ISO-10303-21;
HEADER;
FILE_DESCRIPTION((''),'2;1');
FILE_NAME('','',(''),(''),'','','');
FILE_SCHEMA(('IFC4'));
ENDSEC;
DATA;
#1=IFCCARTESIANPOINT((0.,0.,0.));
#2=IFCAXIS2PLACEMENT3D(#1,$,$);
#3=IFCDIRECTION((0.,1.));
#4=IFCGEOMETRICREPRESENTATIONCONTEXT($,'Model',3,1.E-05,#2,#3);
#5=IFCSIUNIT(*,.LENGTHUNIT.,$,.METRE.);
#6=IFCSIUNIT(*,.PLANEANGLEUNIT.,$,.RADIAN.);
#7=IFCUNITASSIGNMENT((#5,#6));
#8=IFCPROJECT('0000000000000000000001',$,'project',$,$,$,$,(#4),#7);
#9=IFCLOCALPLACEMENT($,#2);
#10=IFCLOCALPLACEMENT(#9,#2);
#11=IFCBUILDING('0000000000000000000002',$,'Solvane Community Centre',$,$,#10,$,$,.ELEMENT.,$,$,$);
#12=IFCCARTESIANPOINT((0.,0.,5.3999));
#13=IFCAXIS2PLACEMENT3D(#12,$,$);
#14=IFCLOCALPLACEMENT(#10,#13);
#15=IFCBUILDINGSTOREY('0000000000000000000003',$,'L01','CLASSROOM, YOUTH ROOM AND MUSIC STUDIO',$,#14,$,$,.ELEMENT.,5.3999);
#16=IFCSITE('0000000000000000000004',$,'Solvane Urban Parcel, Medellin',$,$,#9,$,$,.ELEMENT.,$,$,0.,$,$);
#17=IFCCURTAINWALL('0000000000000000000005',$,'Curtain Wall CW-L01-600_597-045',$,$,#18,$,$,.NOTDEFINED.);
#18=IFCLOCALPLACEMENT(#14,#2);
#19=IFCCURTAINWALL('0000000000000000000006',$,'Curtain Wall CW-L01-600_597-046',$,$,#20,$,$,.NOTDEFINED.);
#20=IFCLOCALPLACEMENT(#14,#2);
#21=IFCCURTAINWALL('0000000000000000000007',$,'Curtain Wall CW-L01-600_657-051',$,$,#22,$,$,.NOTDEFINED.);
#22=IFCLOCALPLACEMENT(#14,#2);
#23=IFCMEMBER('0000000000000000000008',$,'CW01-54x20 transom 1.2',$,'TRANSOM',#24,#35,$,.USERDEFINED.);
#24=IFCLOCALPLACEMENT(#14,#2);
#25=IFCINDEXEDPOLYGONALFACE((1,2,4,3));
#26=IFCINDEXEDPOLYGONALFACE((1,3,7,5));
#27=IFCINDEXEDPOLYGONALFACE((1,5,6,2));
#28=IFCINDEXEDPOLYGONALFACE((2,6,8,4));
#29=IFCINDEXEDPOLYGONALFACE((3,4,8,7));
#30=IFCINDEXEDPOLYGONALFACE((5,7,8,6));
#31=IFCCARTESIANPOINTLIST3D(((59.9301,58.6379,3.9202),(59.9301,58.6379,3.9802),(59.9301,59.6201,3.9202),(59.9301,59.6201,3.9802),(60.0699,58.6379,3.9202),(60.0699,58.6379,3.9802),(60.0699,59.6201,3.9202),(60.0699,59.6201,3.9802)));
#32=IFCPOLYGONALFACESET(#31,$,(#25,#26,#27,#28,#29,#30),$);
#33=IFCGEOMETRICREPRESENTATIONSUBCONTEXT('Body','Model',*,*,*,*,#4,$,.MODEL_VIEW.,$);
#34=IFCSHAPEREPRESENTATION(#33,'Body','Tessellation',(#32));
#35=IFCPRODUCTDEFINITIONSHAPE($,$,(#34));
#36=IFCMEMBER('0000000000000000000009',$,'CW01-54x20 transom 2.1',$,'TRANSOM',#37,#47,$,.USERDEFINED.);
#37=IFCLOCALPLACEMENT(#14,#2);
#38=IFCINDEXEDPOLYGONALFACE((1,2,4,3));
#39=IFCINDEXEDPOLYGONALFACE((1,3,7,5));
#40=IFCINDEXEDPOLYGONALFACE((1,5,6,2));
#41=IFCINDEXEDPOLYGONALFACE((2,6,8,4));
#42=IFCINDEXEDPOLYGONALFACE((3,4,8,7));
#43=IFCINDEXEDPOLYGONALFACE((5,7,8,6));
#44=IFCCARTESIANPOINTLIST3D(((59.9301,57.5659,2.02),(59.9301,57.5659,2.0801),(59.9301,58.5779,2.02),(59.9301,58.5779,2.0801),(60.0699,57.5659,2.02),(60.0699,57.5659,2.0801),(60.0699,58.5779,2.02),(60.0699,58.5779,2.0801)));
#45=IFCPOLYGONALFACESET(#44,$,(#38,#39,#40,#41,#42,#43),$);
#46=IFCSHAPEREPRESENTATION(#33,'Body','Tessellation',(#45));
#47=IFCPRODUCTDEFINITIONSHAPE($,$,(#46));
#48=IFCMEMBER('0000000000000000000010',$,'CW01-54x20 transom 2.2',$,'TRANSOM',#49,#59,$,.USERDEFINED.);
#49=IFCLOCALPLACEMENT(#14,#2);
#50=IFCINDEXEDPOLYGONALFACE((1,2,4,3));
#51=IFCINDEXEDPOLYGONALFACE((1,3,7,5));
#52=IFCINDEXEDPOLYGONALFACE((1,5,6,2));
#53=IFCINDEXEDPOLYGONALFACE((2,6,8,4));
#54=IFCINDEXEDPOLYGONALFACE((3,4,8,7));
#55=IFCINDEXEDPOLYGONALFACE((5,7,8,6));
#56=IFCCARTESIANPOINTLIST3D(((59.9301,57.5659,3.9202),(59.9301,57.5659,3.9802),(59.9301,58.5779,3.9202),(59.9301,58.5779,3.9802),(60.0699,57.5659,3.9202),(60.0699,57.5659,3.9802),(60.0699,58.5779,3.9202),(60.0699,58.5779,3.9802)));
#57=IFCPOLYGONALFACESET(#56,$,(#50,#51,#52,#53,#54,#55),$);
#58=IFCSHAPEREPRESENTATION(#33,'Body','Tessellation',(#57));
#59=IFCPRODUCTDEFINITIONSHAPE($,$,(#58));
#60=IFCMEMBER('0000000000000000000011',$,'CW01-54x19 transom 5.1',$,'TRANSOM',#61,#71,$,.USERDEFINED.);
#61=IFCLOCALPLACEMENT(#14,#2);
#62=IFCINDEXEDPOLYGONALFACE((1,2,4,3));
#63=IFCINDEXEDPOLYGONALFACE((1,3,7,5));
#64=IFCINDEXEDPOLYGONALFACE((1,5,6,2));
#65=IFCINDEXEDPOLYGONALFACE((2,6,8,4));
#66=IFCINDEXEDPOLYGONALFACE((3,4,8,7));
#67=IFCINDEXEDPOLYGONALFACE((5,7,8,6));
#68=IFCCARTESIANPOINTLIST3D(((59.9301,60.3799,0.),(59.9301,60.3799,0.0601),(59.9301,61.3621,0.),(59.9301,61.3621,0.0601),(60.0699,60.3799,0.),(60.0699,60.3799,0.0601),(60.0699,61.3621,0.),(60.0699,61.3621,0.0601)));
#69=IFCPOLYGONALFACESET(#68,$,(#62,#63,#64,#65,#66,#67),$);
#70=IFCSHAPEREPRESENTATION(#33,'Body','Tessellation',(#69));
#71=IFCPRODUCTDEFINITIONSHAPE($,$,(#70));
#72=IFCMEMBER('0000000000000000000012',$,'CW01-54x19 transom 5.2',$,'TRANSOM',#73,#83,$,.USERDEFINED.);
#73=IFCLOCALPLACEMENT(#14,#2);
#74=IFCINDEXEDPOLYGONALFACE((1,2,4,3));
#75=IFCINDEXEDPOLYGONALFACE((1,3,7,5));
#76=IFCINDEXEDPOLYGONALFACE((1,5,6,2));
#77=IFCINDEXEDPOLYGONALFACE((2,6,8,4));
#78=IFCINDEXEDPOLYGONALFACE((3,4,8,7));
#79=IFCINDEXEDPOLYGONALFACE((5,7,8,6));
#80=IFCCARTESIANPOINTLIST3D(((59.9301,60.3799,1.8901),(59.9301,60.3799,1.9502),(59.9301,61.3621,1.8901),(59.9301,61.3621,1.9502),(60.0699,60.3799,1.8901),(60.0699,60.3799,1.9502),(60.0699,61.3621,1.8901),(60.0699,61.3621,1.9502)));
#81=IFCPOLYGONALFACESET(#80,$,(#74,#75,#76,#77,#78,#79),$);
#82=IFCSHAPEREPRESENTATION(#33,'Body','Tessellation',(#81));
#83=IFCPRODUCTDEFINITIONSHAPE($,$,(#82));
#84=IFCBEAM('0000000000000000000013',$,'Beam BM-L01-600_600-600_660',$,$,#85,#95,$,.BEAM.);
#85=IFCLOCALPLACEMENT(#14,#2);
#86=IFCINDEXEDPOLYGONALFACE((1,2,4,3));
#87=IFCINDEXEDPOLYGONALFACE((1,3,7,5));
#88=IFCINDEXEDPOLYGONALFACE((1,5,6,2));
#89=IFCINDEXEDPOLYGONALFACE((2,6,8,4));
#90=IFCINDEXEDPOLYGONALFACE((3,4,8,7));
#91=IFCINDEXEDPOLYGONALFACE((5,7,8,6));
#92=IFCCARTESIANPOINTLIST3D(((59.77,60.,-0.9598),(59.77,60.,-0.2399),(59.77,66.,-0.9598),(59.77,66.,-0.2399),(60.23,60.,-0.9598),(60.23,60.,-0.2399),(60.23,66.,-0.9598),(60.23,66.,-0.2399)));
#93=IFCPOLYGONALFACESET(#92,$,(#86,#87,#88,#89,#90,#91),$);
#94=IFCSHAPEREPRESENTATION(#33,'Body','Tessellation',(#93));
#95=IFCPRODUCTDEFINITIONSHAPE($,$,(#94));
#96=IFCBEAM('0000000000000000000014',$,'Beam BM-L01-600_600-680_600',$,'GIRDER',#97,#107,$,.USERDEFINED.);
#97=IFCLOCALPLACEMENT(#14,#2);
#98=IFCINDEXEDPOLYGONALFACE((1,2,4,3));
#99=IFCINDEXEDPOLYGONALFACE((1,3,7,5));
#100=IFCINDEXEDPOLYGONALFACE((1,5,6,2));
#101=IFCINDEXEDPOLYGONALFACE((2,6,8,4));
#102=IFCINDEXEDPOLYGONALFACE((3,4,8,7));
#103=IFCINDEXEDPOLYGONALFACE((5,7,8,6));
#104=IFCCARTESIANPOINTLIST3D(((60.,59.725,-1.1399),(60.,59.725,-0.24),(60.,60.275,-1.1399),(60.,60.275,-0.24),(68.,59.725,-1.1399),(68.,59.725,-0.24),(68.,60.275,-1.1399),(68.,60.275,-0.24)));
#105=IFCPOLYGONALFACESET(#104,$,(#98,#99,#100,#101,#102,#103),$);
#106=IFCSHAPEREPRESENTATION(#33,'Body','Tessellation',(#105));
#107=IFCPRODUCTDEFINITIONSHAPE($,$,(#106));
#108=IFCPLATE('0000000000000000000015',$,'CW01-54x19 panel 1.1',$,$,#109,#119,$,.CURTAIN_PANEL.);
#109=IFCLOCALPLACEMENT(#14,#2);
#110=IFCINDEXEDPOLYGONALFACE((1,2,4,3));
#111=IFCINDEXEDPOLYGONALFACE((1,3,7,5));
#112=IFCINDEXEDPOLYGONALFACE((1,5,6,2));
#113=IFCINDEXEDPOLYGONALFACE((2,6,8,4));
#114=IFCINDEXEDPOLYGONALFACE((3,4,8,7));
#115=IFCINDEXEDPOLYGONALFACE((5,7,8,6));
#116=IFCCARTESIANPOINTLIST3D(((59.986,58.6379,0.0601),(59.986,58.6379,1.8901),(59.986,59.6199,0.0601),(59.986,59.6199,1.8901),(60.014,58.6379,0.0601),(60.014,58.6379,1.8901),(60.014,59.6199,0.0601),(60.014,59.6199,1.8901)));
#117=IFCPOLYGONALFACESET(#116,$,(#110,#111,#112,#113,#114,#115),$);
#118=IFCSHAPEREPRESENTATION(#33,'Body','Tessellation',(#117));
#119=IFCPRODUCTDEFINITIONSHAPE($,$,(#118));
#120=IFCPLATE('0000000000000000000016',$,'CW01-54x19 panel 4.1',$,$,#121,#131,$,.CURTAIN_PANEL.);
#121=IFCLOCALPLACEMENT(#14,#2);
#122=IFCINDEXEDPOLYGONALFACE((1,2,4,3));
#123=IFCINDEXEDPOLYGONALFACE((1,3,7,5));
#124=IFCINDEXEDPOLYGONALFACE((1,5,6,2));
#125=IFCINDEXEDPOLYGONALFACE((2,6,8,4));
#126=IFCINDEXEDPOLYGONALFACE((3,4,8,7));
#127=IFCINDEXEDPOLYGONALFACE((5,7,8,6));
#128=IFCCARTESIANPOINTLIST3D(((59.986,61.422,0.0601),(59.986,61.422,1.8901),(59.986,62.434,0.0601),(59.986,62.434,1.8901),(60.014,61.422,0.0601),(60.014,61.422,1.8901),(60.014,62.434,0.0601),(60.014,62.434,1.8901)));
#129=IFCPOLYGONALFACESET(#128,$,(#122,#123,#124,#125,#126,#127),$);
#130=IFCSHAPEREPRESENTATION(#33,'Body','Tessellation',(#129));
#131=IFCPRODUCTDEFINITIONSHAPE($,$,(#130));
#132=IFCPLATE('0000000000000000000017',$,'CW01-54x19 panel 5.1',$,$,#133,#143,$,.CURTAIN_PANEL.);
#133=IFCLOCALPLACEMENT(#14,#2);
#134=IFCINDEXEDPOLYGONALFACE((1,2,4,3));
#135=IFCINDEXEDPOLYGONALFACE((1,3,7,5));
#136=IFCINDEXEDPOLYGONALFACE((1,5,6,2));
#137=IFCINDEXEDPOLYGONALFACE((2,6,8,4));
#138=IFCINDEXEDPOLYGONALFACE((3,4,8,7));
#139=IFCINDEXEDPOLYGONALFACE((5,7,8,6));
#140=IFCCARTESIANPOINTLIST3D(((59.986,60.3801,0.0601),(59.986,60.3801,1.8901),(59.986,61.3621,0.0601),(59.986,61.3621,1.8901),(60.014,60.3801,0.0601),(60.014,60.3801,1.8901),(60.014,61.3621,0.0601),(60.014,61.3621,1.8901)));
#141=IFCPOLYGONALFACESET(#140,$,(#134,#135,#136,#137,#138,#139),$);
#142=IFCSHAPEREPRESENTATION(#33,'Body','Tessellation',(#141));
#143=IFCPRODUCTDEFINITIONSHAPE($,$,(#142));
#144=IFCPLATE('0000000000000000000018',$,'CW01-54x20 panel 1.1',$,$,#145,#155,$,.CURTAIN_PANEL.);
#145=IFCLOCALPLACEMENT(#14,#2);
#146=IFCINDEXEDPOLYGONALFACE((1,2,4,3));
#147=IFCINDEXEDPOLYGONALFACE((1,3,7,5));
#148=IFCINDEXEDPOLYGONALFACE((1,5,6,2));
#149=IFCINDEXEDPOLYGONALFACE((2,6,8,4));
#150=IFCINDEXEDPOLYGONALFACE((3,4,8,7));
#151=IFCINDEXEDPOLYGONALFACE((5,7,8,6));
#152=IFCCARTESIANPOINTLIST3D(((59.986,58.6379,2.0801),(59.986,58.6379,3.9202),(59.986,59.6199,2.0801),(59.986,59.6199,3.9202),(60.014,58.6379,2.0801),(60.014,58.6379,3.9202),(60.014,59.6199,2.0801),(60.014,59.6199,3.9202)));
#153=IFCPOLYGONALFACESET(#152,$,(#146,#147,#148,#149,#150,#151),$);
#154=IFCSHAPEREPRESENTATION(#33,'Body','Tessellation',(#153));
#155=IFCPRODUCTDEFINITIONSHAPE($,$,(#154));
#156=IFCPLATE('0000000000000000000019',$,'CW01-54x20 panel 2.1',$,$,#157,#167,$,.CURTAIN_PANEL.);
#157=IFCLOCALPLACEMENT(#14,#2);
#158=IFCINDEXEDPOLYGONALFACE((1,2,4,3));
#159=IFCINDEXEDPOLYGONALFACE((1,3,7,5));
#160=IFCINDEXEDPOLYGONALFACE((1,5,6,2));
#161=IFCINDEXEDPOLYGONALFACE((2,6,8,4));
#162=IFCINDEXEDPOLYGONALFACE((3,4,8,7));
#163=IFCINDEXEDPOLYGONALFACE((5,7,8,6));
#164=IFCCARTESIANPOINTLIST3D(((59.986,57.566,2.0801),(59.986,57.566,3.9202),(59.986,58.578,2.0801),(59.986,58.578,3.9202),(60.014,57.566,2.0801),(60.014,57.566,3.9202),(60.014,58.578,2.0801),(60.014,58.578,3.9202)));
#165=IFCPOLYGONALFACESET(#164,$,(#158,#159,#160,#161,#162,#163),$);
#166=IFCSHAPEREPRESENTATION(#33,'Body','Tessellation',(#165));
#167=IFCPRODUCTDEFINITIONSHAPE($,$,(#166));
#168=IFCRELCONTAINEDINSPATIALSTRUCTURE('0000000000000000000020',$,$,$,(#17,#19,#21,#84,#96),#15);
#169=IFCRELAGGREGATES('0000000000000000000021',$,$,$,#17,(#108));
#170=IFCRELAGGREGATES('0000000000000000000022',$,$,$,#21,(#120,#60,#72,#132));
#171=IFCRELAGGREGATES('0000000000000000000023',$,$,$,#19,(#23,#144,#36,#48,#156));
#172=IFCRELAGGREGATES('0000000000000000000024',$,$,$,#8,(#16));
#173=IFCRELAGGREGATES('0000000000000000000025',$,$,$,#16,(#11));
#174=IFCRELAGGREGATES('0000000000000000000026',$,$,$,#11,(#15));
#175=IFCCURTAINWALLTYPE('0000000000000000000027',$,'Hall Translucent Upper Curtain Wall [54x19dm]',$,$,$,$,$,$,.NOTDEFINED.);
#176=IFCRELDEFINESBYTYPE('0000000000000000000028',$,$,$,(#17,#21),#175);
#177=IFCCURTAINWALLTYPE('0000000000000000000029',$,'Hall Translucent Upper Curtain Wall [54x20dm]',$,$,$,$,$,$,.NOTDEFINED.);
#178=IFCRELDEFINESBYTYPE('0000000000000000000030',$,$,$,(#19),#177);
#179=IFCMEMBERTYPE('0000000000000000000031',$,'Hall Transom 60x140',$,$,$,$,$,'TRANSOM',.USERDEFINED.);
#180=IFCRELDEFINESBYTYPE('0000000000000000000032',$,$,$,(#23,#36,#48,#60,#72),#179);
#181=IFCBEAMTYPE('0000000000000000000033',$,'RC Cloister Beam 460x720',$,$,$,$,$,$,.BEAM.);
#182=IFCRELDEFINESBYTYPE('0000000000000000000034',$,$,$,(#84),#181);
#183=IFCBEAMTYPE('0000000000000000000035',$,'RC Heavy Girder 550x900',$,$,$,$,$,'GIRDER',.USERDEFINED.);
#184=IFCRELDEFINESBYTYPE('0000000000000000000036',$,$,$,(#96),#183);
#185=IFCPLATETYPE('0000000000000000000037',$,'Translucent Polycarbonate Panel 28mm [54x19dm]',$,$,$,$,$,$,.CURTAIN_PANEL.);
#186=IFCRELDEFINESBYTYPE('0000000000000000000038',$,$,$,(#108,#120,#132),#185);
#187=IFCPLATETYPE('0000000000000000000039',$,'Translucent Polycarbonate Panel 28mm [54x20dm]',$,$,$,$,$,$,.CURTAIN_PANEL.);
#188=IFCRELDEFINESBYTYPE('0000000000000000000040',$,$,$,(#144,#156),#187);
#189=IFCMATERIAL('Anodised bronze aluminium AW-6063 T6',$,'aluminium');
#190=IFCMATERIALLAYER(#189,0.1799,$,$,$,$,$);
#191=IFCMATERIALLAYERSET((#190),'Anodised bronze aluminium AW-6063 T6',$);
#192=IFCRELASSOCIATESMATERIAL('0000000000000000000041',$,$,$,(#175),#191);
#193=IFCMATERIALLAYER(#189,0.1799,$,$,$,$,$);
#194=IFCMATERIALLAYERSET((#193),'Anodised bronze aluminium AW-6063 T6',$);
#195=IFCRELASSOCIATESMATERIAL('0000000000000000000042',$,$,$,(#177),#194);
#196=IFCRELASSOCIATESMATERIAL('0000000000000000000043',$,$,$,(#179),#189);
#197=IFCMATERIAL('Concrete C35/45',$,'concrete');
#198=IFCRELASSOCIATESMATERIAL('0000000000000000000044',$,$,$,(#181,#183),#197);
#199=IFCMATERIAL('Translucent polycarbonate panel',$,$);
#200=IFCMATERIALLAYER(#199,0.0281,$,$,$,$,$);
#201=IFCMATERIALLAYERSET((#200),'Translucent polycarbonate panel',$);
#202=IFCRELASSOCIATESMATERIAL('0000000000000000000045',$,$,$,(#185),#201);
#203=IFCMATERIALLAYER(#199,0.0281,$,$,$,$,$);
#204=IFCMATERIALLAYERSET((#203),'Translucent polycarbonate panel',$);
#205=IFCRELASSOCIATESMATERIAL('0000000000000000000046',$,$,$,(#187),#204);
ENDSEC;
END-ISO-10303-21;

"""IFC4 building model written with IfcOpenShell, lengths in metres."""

from ifc_helpers import new_model, si_unit, direction, frame, origin, origin_2d, place, context, subcontext, project, spatial, rectangle, extrude, material, layer, layer_set, material_profile, profile_set, type_object, element, aggregate, save


model = new_model("IFC4")

# Units and contexts
model_context = context("Model", 3, precision=1e-05, world=origin(), true_north=direction((0.0, 1.0)))
body_context = subcontext(model_context, "Body", "Model", "MODEL_VIEW")
ifc_project = project(units=[si_unit("LENGTHUNIT", "METRE"), si_unit("PLANEANGLEUNIT", "RADIAN")], contexts=[model_context])

# Site, building, storey
site_placement = place(None, origin())
site = spatial("IfcSite", under=ifc_project, at=site_placement, Name="Solvane Urban Parcel, Medellin", CompositionType="ELEMENT", RefElevation=0.0)
building_placement = place(site_placement, origin())
building = spatial("IfcBuilding", under=site, at=building_placement, Name="Solvane Community Centre", CompositionType="ELEMENT")
storey_placement = place(building_placement, frame((0.0, 0.0, 5.3999)))
storey = spatial("IfcBuildingStorey", under=building, at=storey_placement, Name="L01", Description="CLASSROOM, YOUTH ROOM AND MUSIC STUDIO", CompositionType="ELEMENT", Elevation=5.3999)

# Shared definitions
ifc_material_1 = material(Name="Concrete C35/45", Category="concrete")

# Curtain walls
ifc_material_2 = material(Name="Anodised bronze aluminium AW-6063 T6", Category="aluminium")
ifc_layer_1 = layer(ifc_material_2, 0.1799)
ifc_layer_set_1 = layer_set([ifc_layer_1], Name="Anodised bronze aluminium AW-6063 T6")
curtain_wall_type_1 = type_object("IfcCurtainWallType", Name="Hall Translucent Upper Curtain Wall [54x19dm]", PredefinedType="NOTDEFINED", material=ifc_layer_set_1)
curtain_wall_1_placement = place(storey_placement, origin())
curtain_wall_1 = element("IfcCurtainWall", 1, at=curtain_wall_1_placement, inside=storey, type_object=curtain_wall_type_1, Name="Curtain Wall CW-L01-600_597-045", PredefinedType="NOTDEFINED")
ifc_layer_2 = layer(ifc_material_2, 0.1799)
ifc_layer_set_2 = layer_set([ifc_layer_2], Name="Anodised bronze aluminium AW-6063 T6")
curtain_wall_type_2 = type_object("IfcCurtainWallType", Name="Hall Translucent Upper Curtain Wall [54x20dm]", PredefinedType="NOTDEFINED", material=ifc_layer_set_2)
curtain_wall_2_placement = place(storey_placement, origin())
curtain_wall_2 = element("IfcCurtainWall", 2, at=curtain_wall_2_placement, inside=storey, type_object=curtain_wall_type_2, Name="Curtain Wall CW-L01-600_597-046", PredefinedType="NOTDEFINED")
curtain_wall_3_placement = place(storey_placement, origin())
curtain_wall_3 = element("IfcCurtainWall", 3, at=curtain_wall_3_placement, inside=storey, type_object=curtain_wall_type_1, Name="Curtain Wall CW-L01-600_657-051", PredefinedType="NOTDEFINED")

# Members
ifc_material_profile_1 = material_profile(ifc_material_2, rectangle(XDim=0.1399, YDim=0.0601, at=origin_2d()), Name="CW-T 60x140")
ifc_profile_set_1 = profile_set([ifc_material_profile_1], Name="Anodised bronze aluminium AW-6063 T6")
member_type_1 = type_object("IfcMemberType", Name="Hall Transom 60x140", ElementType="TRANSOM", PredefinedType="USERDEFINED", material=ifc_profile_set_1)
member_1_placement = place(storey_placement, frame((60.0, 59.6201, 3.9502), z_axis=(0.0, -1.0, 0.0), x_axis=(1.0, 0.0, 0.0)))
member_1 = element("IfcMember", 4, at=member_1_placement, type_object=member_type_1, Name="CW01-54x20 transom 1.2", ObjectType="TRANSOM", PredefinedType="USERDEFINED", context=body_context, shape_type="SweptSolid", body=[
    extrude(rectangle(XDim=0.1399, YDim=0.0601, at=origin_2d()), origin(), (0.0, 0.0, 1.0), 0.9822),
])
member_2_placement = place(storey_placement, frame((60.0, 58.5779, 2.05), z_axis=(0.0, -1.0, 0.0), x_axis=(1.0, 0.0, 0.0)))
member_2 = element("IfcMember", 5, at=member_2_placement, type_object=member_type_1, Name="CW01-54x20 transom 2.1", ObjectType="TRANSOM", PredefinedType="USERDEFINED", context=body_context, shape_type="SweptSolid", body=[
    extrude(rectangle(XDim=0.1399, YDim=0.0601, at=origin_2d()), origin(), (0.0, 0.0, 1.0), 1.012),
])
member_3_placement = place(storey_placement, frame((60.0, 58.5779, 3.9502), z_axis=(0.0, -1.0, 0.0), x_axis=(1.0, 0.0, 0.0)))
member_3 = element("IfcMember", 6, at=member_3_placement, type_object=member_type_1, Name="CW01-54x20 transom 2.2", ObjectType="TRANSOM", PredefinedType="USERDEFINED", context=body_context, shape_type="SweptSolid", body=[
    extrude(rectangle(XDim=0.1399, YDim=0.0601, at=origin_2d()), origin(), (0.0, 0.0, 1.0), 1.012),
])
member_4_placement = place(storey_placement, frame((60.0, 61.3621, 0.03), z_axis=(0.0, -1.0, 0.0), x_axis=(1.0, 0.0, 0.0)))
member_4 = element("IfcMember", 7, at=member_4_placement, type_object=member_type_1, Name="CW01-54x19 transom 5.1", ObjectType="TRANSOM", PredefinedType="USERDEFINED", context=body_context, shape_type="SweptSolid", body=[
    extrude(rectangle(XDim=0.1399, YDim=0.0601, at=origin_2d()), origin(), (0.0, 0.0, 1.0), 0.9822),
])
member_5_placement = place(storey_placement, frame((60.0, 61.3621, 1.9202), z_axis=(0.0, -1.0, 0.0), x_axis=(1.0, 0.0, 0.0)))
member_5 = element("IfcMember", 8, at=member_5_placement, type_object=member_type_1, Name="CW01-54x19 transom 5.2", ObjectType="TRANSOM", PredefinedType="USERDEFINED", context=body_context, shape_type="SweptSolid", body=[
    extrude(rectangle(XDim=0.1399, YDim=0.0601, at=origin_2d()), origin(), (0.0, 0.0, 1.0), 0.9822),
])

# Beams
ifc_material_profile_2 = material_profile(ifc_material_1, rectangle(XDim=0.46, YDim=0.72, at=origin_2d()), Name="RC 460x720")
ifc_profile_set_2 = profile_set([ifc_material_profile_2], Name="Concrete C35/45")
beam_type_1 = type_object("IfcBeamType", Name="RC Cloister Beam 460x720", PredefinedType="BEAM", material=ifc_profile_set_2)
beam_1_placement = place(storey_placement, frame((60.0, 60.0, -0.5999), z_axis=(0.0, 1.0, 0.0), x_axis=(-1.0, 0.0, 0.0)))
element("IfcBeam", 9, at=beam_1_placement, inside=storey, type_object=beam_type_1, Name="Beam BM-L01-600_600-600_660", PredefinedType="BEAM", context=body_context, shape_type="SweptSolid", body=[
    extrude(rectangle(XDim=0.46, YDim=0.72, at=origin_2d()), origin(), (0.0, 0.0, 1.0), 6.0),
])
ifc_material_profile_3 = material_profile(ifc_material_1, rectangle(XDim=0.55, YDim=0.8999, at=origin_2d()), Name="RC 550x900")
ifc_profile_set_3 = profile_set([ifc_material_profile_3], Name="Concrete C35/45")
beam_type_2 = type_object("IfcBeamType", Name="RC Heavy Girder 550x900", ElementType="GIRDER", PredefinedType="USERDEFINED", material=ifc_profile_set_3)
beam_2_placement = place(storey_placement, frame((60.0, 60.0, -0.6899), z_axis=(1.0, 0.0, 0.0), x_axis=(0.0, 1.0, 0.0)))
element("IfcBeam", 10, at=beam_2_placement, inside=storey, type_object=beam_type_2, Name="Beam BM-L01-600_600-680_600", ObjectType="GIRDER", PredefinedType="USERDEFINED", context=body_context, shape_type="SweptSolid", body=[
    extrude(rectangle(XDim=0.55, YDim=0.8999, at=origin_2d()), origin(), (0.0, 0.0, 1.0), 8.0),
])

# Plates
ifc_material_3 = material(Name="Translucent polycarbonate panel")
ifc_layer_3 = layer(ifc_material_3, 0.0281)
ifc_layer_set_3 = layer_set([ifc_layer_3], Name="Translucent polycarbonate panel")
plate_type_1 = type_object("IfcPlateType", Name="Translucent Polycarbonate Panel 28mm [54x19dm]", PredefinedType="CURTAIN_PANEL", material=ifc_layer_set_3)
plate_1_placement = place(storey_placement, frame((60.0, 59.1289, 0.0601), z_axis=(0.0, 0.0, 1.0), x_axis=(0.0, -1.0, 0.0)))
plate_1 = element("IfcPlate", 11, at=plate_1_placement, type_object=plate_type_1, Name="CW01-54x19 panel 1.1", PredefinedType="CURTAIN_PANEL", context=body_context, shape_type="SweptSolid", body=[
    extrude(rectangle(XDim=0.9819, YDim=0.0281, at=origin_2d()), origin(), (0.0, 0.0, 1.0), 1.8301),
])
aggregate(curtain_wall_1, [plate_1])
plate_2_placement = place(storey_placement, frame((60.0, 61.928, 0.0601), z_axis=(0.0, 0.0, 1.0), x_axis=(0.0, -1.0, 0.0)))
plate_2 = element("IfcPlate", 12, at=plate_2_placement, type_object=plate_type_1, Name="CW01-54x19 panel 4.1", PredefinedType="CURTAIN_PANEL", context=body_context, shape_type="SweptSolid", body=[
    extrude(rectangle(XDim=1.012, YDim=0.0281, at=origin_2d()), origin(), (0.0, 0.0, 1.0), 1.8301),
])
plate_3_placement = place(storey_placement, frame((60.0, 60.8711, 0.0601), z_axis=(0.0, 0.0, 1.0), x_axis=(0.0, -1.0, 0.0)))
plate_3 = element("IfcPlate", 13, at=plate_3_placement, type_object=plate_type_1, Name="CW01-54x19 panel 5.1", PredefinedType="CURTAIN_PANEL", context=body_context, shape_type="SweptSolid", body=[
    extrude(rectangle(XDim=0.9819, YDim=0.0281, at=origin_2d()), origin(), (0.0, 0.0, 1.0), 1.8301),
])
aggregate(curtain_wall_3, [plate_2, member_4, member_5, plate_3])
ifc_layer_4 = layer(ifc_material_3, 0.0281)
ifc_layer_set_4 = layer_set([ifc_layer_4], Name="Translucent polycarbonate panel")
plate_type_2 = type_object("IfcPlateType", Name="Translucent Polycarbonate Panel 28mm [54x20dm]", PredefinedType="CURTAIN_PANEL", material=ifc_layer_set_4)
plate_4_placement = place(storey_placement, frame((60.0, 59.1289, 2.0801), z_axis=(0.0, 0.0, 1.0), x_axis=(0.0, -1.0, 0.0)))
plate_4 = element("IfcPlate", 14, at=plate_4_placement, type_object=plate_type_2, Name="CW01-54x20 panel 1.1", PredefinedType="CURTAIN_PANEL", context=body_context, shape_type="SweptSolid", body=[
    extrude(rectangle(XDim=0.9819, YDim=0.0281, at=origin_2d()), origin(), (0.0, 0.0, 1.0), 1.8401),
])
plate_5_placement = place(storey_placement, frame((60.0, 58.072, 2.0801), z_axis=(0.0, 0.0, 1.0), x_axis=(0.0, -1.0, 0.0)))
plate_5 = element("IfcPlate", 15, at=plate_5_placement, type_object=plate_type_2, Name="CW01-54x20 panel 2.1", PredefinedType="CURTAIN_PANEL", context=body_context, shape_type="SweptSolid", body=[
    extrude(rectangle(XDim=1.012, YDim=0.0281, at=origin_2d()), origin(), (0.0, 0.0, 1.0), 1.8401),
])
aggregate(curtain_wall_2, [member_1, plate_4, member_2, member_3, plate_5])

save(model, "model.ifc")
